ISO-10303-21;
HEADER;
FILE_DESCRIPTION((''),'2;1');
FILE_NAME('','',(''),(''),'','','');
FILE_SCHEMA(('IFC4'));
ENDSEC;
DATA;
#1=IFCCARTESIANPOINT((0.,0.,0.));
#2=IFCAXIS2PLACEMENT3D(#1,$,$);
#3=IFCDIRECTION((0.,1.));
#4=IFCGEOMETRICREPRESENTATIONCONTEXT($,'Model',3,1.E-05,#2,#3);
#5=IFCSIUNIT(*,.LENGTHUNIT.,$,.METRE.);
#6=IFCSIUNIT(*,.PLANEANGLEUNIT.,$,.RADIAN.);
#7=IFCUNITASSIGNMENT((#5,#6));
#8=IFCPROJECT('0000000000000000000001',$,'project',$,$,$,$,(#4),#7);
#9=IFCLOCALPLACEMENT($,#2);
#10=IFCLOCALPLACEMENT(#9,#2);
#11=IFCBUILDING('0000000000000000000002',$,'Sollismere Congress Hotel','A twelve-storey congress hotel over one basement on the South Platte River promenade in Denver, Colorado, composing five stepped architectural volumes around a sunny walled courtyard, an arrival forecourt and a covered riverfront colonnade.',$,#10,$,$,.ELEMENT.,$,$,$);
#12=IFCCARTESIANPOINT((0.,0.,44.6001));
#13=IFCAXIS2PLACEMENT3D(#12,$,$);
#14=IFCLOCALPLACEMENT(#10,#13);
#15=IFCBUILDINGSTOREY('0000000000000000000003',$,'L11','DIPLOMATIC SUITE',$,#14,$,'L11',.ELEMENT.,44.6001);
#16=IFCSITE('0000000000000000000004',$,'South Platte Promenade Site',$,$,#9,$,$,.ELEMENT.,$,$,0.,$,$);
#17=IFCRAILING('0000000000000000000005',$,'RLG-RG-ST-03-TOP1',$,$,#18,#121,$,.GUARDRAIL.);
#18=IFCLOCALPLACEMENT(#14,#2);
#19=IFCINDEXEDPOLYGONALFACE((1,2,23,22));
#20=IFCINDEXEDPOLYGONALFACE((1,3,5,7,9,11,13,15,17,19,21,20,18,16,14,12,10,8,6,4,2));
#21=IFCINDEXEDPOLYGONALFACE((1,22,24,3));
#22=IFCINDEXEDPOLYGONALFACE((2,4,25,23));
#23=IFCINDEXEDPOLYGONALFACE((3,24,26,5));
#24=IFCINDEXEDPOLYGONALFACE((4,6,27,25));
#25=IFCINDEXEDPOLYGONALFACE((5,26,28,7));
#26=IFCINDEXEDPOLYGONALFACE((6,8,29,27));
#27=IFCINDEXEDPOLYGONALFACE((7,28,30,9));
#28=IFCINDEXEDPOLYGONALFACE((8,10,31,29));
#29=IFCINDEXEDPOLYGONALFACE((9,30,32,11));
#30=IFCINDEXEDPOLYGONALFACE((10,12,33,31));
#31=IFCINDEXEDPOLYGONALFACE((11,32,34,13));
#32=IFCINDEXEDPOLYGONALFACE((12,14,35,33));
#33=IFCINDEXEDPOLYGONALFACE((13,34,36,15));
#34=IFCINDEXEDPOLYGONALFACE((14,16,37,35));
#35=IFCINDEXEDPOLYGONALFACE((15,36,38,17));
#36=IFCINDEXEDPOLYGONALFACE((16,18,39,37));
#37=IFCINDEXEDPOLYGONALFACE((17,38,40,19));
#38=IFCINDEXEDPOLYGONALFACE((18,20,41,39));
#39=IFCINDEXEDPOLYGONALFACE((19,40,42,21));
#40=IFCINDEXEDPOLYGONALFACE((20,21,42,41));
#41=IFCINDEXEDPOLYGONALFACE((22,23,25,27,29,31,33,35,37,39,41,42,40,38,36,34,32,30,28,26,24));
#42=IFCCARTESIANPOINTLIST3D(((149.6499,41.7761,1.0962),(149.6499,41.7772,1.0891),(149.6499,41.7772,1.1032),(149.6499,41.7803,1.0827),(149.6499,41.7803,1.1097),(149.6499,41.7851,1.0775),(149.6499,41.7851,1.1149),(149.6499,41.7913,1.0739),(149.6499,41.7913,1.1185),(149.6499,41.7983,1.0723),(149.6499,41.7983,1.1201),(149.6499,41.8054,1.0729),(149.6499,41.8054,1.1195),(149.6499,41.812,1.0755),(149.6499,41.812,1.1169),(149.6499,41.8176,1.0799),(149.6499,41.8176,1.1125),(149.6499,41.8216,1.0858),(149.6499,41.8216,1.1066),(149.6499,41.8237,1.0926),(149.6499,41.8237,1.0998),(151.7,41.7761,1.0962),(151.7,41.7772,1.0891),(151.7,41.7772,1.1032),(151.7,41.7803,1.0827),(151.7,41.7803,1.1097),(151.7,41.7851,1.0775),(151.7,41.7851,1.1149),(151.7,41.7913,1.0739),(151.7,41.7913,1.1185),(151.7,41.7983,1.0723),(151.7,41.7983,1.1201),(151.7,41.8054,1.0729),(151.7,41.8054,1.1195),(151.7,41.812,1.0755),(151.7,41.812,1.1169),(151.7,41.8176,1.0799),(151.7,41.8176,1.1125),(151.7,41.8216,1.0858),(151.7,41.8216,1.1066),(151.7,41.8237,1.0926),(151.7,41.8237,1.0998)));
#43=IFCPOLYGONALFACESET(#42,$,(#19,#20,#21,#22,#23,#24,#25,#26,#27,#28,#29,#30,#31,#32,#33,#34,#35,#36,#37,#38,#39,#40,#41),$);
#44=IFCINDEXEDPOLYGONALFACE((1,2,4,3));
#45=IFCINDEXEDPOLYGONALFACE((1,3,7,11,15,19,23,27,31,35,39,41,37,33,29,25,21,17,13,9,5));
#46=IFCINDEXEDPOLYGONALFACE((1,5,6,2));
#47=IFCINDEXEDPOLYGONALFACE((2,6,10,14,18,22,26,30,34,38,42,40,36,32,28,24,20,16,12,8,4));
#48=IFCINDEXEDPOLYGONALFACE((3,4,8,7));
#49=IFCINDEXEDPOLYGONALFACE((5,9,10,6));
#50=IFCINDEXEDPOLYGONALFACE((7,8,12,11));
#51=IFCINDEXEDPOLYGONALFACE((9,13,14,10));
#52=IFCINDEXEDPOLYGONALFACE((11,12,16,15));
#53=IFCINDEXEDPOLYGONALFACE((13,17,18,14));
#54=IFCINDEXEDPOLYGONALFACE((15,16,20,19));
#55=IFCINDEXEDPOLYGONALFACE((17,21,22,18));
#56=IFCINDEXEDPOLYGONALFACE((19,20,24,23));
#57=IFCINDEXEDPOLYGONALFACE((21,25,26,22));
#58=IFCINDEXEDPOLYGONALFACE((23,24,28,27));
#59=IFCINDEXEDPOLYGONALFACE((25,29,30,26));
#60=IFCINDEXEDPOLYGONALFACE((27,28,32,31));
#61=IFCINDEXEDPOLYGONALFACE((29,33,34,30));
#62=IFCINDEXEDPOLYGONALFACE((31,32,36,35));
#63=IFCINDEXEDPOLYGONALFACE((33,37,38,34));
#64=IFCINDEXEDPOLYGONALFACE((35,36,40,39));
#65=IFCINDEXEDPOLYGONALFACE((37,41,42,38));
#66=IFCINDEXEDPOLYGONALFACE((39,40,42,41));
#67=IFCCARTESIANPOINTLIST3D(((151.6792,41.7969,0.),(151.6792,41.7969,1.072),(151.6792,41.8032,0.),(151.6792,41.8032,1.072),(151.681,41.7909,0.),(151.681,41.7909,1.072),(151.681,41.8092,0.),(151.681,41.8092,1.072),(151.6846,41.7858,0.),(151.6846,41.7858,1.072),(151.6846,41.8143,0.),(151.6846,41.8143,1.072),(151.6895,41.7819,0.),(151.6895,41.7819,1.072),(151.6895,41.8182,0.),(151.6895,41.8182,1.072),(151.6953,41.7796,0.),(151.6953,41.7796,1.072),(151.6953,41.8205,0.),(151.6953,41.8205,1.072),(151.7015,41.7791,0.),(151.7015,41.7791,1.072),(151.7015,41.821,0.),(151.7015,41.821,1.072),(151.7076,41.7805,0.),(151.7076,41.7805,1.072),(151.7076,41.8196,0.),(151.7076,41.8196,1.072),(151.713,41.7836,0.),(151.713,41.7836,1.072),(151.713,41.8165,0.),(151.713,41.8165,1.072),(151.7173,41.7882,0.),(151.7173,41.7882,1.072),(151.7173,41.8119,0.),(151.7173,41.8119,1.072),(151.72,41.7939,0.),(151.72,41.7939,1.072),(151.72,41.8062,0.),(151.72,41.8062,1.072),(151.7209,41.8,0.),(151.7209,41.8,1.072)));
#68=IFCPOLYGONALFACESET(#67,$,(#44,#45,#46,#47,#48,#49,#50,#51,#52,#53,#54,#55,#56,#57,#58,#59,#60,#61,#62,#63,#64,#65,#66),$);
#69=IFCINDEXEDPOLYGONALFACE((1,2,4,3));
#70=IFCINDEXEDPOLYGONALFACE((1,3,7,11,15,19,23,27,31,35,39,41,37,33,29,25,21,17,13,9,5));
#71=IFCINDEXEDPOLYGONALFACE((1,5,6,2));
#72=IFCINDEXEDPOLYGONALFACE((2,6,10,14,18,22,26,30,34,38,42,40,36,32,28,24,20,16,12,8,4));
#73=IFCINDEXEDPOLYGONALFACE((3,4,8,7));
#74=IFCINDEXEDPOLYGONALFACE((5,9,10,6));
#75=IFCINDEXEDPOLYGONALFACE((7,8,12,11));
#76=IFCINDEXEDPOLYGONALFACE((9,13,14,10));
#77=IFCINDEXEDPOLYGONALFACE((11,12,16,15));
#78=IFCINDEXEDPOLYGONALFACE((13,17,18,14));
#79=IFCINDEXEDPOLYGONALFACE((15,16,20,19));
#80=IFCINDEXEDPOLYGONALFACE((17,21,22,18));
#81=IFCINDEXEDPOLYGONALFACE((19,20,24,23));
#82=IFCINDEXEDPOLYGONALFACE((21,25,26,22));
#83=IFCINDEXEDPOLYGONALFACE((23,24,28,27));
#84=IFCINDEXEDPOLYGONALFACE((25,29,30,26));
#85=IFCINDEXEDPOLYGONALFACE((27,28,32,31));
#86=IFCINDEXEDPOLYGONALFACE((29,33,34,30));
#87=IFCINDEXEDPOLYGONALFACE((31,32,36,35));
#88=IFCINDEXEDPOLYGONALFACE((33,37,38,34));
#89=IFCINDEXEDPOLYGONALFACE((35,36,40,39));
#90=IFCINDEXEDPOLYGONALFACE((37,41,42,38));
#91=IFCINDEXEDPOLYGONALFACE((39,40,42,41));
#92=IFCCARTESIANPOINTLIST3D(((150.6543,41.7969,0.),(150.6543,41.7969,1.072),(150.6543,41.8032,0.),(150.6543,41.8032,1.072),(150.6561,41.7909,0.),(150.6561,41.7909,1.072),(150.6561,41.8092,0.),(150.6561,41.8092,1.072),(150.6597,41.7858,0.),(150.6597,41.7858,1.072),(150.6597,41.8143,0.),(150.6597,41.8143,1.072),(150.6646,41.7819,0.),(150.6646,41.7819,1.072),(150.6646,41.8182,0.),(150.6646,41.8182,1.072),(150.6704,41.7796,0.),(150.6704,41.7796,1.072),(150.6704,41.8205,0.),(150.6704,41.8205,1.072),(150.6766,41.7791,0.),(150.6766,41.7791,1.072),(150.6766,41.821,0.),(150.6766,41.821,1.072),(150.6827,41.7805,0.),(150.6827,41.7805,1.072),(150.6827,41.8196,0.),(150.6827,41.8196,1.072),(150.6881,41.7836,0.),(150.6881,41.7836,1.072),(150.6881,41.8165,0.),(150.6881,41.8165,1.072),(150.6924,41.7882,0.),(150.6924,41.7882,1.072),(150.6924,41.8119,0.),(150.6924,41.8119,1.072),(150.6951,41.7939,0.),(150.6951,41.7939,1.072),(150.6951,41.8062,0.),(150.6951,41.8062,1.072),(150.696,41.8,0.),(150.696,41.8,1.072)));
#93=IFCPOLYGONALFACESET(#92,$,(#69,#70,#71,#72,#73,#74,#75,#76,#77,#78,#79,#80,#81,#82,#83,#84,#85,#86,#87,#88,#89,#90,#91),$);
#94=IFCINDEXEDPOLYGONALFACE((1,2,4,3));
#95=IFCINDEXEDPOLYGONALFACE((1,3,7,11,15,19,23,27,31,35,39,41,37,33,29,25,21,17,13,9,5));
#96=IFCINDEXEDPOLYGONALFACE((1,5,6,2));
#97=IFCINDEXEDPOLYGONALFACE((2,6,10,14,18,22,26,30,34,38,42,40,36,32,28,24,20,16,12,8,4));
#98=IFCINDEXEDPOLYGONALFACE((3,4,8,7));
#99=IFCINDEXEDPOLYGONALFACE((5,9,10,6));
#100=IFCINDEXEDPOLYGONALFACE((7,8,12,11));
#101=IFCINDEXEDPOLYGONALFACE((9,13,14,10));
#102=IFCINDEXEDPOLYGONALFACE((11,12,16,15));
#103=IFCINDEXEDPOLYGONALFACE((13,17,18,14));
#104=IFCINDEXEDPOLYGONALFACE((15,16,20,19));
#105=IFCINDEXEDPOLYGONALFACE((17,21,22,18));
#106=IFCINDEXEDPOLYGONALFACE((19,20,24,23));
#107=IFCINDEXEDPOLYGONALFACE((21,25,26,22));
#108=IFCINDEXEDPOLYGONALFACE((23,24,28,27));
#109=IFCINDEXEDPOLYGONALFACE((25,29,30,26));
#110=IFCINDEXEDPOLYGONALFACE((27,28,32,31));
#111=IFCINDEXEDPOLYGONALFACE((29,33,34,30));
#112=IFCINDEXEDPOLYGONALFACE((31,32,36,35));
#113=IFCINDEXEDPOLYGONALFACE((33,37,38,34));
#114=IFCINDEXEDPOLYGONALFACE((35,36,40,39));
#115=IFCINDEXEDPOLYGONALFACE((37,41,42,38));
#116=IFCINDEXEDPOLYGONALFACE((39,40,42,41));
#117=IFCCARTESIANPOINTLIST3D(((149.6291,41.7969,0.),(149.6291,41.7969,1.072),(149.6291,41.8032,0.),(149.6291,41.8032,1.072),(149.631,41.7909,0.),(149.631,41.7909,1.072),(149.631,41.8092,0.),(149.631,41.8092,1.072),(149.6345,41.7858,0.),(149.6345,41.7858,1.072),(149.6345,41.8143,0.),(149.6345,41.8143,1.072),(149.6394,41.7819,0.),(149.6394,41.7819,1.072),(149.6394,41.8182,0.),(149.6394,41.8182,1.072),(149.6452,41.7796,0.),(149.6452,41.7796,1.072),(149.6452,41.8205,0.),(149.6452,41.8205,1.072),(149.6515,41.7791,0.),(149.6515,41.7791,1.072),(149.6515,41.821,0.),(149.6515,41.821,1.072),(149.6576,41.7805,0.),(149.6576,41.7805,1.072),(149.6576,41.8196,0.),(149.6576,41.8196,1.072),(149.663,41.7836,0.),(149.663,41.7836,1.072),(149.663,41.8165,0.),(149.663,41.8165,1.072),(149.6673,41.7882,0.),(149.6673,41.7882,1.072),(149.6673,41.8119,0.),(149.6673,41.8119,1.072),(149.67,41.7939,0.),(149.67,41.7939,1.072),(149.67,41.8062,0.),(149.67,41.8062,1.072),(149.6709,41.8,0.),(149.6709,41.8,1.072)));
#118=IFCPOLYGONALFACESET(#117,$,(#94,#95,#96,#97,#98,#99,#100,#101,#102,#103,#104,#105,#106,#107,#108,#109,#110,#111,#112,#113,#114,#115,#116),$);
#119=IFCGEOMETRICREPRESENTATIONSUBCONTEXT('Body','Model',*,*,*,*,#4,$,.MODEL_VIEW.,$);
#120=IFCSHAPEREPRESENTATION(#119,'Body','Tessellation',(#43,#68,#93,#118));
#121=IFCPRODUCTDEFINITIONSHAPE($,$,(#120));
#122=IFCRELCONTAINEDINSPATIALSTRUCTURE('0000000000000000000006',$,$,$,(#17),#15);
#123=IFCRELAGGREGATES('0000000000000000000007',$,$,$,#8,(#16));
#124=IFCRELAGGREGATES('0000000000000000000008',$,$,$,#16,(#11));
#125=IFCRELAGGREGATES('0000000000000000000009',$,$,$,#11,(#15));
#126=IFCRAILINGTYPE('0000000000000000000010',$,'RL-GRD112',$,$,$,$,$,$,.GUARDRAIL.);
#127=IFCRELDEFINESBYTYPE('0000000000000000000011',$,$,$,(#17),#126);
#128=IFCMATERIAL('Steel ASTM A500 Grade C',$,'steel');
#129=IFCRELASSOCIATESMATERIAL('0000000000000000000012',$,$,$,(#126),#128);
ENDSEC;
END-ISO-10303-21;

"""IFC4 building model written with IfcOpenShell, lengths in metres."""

from ifc_helpers import new_model, si_unit, direction, frame, origin, origin_2d, place, context, subcontext, project, spatial, circle, extrude, material, type_object, element, save


model = new_model("IFC4")

# Units and contexts
model_context = context("Model", 3, precision=1e-05, world=origin(), true_north=direction((0.0, 1.0)))
body_context = subcontext(model_context, "Body", "Model", "MODEL_VIEW")
ifc_project = project(units=[si_unit("LENGTHUNIT", "METRE"), si_unit("PLANEANGLEUNIT", "RADIAN")], contexts=[model_context])

# Site, building, storey
site_placement = place(None, origin())
site = spatial("IfcSite", under=ifc_project, at=site_placement, Name="South Platte Promenade Site", CompositionType="ELEMENT", RefElevation=0.0)
building_placement = place(site_placement, origin())
building = spatial("IfcBuilding", under=site, at=building_placement, Name="Sollismere Congress Hotel", Description="A twelve-storey congress hotel over one basement on the South Platte River promenade in Denver, Colorado, composing five stepped architectural volumes around a sunny walled courtyard, an arrival forecourt and a covered riverfront colonnade.", CompositionType="ELEMENT")
storey_placement = place(building_placement, frame((0.0, 0.0, 44.6001)))
storey = spatial("IfcBuildingStorey", under=building, at=storey_placement, Name="L11", Description="DIPLOMATIC SUITE", LongName="L11", CompositionType="ELEMENT", Elevation=44.6001)

# Railing
ifc_material_1 = material(Name="Steel ASTM A500 Grade C", Category="steel")
railing_type = type_object("IfcRailingType", Name="RL-GRD112", PredefinedType="GUARDRAIL", material=ifc_material_1)
railing_placement = place(storey_placement, frame((151.7, 41.8, 0.0)))
element("IfcRailing", 1, at=railing_placement, inside=storey, type_object=railing_type, Name="RLG-RG-ST-03-TOP1", PredefinedType="GUARDRAIL", context=body_context, shape_type="SweptSolid", body=[
    extrude(circle(Radius=0.0239, at=origin_2d()), frame((0.0, 0.0, 1.0962), z_axis=(-1.0, 0.0, 0.0), x_axis=(0.0, -1.0, 0.0)), (0.0, 0.0, 1.0), 2.05),
    extrude(circle(Radius=0.021, at=origin_2d()), origin(), (0.0, 0.0, 1.0), 1.072),
    extrude(circle(Radius=0.021, at=origin_2d()), frame((-1.0249, 0.0, 0.0)), (0.0, 0.0, 1.0), 1.072),
    extrude(circle(Radius=0.021, at=origin_2d()), frame((-2.05, 0.0, 0.0)), (0.0, 0.0, 1.0), 1.072),
])

save(model, "model.ifc")
